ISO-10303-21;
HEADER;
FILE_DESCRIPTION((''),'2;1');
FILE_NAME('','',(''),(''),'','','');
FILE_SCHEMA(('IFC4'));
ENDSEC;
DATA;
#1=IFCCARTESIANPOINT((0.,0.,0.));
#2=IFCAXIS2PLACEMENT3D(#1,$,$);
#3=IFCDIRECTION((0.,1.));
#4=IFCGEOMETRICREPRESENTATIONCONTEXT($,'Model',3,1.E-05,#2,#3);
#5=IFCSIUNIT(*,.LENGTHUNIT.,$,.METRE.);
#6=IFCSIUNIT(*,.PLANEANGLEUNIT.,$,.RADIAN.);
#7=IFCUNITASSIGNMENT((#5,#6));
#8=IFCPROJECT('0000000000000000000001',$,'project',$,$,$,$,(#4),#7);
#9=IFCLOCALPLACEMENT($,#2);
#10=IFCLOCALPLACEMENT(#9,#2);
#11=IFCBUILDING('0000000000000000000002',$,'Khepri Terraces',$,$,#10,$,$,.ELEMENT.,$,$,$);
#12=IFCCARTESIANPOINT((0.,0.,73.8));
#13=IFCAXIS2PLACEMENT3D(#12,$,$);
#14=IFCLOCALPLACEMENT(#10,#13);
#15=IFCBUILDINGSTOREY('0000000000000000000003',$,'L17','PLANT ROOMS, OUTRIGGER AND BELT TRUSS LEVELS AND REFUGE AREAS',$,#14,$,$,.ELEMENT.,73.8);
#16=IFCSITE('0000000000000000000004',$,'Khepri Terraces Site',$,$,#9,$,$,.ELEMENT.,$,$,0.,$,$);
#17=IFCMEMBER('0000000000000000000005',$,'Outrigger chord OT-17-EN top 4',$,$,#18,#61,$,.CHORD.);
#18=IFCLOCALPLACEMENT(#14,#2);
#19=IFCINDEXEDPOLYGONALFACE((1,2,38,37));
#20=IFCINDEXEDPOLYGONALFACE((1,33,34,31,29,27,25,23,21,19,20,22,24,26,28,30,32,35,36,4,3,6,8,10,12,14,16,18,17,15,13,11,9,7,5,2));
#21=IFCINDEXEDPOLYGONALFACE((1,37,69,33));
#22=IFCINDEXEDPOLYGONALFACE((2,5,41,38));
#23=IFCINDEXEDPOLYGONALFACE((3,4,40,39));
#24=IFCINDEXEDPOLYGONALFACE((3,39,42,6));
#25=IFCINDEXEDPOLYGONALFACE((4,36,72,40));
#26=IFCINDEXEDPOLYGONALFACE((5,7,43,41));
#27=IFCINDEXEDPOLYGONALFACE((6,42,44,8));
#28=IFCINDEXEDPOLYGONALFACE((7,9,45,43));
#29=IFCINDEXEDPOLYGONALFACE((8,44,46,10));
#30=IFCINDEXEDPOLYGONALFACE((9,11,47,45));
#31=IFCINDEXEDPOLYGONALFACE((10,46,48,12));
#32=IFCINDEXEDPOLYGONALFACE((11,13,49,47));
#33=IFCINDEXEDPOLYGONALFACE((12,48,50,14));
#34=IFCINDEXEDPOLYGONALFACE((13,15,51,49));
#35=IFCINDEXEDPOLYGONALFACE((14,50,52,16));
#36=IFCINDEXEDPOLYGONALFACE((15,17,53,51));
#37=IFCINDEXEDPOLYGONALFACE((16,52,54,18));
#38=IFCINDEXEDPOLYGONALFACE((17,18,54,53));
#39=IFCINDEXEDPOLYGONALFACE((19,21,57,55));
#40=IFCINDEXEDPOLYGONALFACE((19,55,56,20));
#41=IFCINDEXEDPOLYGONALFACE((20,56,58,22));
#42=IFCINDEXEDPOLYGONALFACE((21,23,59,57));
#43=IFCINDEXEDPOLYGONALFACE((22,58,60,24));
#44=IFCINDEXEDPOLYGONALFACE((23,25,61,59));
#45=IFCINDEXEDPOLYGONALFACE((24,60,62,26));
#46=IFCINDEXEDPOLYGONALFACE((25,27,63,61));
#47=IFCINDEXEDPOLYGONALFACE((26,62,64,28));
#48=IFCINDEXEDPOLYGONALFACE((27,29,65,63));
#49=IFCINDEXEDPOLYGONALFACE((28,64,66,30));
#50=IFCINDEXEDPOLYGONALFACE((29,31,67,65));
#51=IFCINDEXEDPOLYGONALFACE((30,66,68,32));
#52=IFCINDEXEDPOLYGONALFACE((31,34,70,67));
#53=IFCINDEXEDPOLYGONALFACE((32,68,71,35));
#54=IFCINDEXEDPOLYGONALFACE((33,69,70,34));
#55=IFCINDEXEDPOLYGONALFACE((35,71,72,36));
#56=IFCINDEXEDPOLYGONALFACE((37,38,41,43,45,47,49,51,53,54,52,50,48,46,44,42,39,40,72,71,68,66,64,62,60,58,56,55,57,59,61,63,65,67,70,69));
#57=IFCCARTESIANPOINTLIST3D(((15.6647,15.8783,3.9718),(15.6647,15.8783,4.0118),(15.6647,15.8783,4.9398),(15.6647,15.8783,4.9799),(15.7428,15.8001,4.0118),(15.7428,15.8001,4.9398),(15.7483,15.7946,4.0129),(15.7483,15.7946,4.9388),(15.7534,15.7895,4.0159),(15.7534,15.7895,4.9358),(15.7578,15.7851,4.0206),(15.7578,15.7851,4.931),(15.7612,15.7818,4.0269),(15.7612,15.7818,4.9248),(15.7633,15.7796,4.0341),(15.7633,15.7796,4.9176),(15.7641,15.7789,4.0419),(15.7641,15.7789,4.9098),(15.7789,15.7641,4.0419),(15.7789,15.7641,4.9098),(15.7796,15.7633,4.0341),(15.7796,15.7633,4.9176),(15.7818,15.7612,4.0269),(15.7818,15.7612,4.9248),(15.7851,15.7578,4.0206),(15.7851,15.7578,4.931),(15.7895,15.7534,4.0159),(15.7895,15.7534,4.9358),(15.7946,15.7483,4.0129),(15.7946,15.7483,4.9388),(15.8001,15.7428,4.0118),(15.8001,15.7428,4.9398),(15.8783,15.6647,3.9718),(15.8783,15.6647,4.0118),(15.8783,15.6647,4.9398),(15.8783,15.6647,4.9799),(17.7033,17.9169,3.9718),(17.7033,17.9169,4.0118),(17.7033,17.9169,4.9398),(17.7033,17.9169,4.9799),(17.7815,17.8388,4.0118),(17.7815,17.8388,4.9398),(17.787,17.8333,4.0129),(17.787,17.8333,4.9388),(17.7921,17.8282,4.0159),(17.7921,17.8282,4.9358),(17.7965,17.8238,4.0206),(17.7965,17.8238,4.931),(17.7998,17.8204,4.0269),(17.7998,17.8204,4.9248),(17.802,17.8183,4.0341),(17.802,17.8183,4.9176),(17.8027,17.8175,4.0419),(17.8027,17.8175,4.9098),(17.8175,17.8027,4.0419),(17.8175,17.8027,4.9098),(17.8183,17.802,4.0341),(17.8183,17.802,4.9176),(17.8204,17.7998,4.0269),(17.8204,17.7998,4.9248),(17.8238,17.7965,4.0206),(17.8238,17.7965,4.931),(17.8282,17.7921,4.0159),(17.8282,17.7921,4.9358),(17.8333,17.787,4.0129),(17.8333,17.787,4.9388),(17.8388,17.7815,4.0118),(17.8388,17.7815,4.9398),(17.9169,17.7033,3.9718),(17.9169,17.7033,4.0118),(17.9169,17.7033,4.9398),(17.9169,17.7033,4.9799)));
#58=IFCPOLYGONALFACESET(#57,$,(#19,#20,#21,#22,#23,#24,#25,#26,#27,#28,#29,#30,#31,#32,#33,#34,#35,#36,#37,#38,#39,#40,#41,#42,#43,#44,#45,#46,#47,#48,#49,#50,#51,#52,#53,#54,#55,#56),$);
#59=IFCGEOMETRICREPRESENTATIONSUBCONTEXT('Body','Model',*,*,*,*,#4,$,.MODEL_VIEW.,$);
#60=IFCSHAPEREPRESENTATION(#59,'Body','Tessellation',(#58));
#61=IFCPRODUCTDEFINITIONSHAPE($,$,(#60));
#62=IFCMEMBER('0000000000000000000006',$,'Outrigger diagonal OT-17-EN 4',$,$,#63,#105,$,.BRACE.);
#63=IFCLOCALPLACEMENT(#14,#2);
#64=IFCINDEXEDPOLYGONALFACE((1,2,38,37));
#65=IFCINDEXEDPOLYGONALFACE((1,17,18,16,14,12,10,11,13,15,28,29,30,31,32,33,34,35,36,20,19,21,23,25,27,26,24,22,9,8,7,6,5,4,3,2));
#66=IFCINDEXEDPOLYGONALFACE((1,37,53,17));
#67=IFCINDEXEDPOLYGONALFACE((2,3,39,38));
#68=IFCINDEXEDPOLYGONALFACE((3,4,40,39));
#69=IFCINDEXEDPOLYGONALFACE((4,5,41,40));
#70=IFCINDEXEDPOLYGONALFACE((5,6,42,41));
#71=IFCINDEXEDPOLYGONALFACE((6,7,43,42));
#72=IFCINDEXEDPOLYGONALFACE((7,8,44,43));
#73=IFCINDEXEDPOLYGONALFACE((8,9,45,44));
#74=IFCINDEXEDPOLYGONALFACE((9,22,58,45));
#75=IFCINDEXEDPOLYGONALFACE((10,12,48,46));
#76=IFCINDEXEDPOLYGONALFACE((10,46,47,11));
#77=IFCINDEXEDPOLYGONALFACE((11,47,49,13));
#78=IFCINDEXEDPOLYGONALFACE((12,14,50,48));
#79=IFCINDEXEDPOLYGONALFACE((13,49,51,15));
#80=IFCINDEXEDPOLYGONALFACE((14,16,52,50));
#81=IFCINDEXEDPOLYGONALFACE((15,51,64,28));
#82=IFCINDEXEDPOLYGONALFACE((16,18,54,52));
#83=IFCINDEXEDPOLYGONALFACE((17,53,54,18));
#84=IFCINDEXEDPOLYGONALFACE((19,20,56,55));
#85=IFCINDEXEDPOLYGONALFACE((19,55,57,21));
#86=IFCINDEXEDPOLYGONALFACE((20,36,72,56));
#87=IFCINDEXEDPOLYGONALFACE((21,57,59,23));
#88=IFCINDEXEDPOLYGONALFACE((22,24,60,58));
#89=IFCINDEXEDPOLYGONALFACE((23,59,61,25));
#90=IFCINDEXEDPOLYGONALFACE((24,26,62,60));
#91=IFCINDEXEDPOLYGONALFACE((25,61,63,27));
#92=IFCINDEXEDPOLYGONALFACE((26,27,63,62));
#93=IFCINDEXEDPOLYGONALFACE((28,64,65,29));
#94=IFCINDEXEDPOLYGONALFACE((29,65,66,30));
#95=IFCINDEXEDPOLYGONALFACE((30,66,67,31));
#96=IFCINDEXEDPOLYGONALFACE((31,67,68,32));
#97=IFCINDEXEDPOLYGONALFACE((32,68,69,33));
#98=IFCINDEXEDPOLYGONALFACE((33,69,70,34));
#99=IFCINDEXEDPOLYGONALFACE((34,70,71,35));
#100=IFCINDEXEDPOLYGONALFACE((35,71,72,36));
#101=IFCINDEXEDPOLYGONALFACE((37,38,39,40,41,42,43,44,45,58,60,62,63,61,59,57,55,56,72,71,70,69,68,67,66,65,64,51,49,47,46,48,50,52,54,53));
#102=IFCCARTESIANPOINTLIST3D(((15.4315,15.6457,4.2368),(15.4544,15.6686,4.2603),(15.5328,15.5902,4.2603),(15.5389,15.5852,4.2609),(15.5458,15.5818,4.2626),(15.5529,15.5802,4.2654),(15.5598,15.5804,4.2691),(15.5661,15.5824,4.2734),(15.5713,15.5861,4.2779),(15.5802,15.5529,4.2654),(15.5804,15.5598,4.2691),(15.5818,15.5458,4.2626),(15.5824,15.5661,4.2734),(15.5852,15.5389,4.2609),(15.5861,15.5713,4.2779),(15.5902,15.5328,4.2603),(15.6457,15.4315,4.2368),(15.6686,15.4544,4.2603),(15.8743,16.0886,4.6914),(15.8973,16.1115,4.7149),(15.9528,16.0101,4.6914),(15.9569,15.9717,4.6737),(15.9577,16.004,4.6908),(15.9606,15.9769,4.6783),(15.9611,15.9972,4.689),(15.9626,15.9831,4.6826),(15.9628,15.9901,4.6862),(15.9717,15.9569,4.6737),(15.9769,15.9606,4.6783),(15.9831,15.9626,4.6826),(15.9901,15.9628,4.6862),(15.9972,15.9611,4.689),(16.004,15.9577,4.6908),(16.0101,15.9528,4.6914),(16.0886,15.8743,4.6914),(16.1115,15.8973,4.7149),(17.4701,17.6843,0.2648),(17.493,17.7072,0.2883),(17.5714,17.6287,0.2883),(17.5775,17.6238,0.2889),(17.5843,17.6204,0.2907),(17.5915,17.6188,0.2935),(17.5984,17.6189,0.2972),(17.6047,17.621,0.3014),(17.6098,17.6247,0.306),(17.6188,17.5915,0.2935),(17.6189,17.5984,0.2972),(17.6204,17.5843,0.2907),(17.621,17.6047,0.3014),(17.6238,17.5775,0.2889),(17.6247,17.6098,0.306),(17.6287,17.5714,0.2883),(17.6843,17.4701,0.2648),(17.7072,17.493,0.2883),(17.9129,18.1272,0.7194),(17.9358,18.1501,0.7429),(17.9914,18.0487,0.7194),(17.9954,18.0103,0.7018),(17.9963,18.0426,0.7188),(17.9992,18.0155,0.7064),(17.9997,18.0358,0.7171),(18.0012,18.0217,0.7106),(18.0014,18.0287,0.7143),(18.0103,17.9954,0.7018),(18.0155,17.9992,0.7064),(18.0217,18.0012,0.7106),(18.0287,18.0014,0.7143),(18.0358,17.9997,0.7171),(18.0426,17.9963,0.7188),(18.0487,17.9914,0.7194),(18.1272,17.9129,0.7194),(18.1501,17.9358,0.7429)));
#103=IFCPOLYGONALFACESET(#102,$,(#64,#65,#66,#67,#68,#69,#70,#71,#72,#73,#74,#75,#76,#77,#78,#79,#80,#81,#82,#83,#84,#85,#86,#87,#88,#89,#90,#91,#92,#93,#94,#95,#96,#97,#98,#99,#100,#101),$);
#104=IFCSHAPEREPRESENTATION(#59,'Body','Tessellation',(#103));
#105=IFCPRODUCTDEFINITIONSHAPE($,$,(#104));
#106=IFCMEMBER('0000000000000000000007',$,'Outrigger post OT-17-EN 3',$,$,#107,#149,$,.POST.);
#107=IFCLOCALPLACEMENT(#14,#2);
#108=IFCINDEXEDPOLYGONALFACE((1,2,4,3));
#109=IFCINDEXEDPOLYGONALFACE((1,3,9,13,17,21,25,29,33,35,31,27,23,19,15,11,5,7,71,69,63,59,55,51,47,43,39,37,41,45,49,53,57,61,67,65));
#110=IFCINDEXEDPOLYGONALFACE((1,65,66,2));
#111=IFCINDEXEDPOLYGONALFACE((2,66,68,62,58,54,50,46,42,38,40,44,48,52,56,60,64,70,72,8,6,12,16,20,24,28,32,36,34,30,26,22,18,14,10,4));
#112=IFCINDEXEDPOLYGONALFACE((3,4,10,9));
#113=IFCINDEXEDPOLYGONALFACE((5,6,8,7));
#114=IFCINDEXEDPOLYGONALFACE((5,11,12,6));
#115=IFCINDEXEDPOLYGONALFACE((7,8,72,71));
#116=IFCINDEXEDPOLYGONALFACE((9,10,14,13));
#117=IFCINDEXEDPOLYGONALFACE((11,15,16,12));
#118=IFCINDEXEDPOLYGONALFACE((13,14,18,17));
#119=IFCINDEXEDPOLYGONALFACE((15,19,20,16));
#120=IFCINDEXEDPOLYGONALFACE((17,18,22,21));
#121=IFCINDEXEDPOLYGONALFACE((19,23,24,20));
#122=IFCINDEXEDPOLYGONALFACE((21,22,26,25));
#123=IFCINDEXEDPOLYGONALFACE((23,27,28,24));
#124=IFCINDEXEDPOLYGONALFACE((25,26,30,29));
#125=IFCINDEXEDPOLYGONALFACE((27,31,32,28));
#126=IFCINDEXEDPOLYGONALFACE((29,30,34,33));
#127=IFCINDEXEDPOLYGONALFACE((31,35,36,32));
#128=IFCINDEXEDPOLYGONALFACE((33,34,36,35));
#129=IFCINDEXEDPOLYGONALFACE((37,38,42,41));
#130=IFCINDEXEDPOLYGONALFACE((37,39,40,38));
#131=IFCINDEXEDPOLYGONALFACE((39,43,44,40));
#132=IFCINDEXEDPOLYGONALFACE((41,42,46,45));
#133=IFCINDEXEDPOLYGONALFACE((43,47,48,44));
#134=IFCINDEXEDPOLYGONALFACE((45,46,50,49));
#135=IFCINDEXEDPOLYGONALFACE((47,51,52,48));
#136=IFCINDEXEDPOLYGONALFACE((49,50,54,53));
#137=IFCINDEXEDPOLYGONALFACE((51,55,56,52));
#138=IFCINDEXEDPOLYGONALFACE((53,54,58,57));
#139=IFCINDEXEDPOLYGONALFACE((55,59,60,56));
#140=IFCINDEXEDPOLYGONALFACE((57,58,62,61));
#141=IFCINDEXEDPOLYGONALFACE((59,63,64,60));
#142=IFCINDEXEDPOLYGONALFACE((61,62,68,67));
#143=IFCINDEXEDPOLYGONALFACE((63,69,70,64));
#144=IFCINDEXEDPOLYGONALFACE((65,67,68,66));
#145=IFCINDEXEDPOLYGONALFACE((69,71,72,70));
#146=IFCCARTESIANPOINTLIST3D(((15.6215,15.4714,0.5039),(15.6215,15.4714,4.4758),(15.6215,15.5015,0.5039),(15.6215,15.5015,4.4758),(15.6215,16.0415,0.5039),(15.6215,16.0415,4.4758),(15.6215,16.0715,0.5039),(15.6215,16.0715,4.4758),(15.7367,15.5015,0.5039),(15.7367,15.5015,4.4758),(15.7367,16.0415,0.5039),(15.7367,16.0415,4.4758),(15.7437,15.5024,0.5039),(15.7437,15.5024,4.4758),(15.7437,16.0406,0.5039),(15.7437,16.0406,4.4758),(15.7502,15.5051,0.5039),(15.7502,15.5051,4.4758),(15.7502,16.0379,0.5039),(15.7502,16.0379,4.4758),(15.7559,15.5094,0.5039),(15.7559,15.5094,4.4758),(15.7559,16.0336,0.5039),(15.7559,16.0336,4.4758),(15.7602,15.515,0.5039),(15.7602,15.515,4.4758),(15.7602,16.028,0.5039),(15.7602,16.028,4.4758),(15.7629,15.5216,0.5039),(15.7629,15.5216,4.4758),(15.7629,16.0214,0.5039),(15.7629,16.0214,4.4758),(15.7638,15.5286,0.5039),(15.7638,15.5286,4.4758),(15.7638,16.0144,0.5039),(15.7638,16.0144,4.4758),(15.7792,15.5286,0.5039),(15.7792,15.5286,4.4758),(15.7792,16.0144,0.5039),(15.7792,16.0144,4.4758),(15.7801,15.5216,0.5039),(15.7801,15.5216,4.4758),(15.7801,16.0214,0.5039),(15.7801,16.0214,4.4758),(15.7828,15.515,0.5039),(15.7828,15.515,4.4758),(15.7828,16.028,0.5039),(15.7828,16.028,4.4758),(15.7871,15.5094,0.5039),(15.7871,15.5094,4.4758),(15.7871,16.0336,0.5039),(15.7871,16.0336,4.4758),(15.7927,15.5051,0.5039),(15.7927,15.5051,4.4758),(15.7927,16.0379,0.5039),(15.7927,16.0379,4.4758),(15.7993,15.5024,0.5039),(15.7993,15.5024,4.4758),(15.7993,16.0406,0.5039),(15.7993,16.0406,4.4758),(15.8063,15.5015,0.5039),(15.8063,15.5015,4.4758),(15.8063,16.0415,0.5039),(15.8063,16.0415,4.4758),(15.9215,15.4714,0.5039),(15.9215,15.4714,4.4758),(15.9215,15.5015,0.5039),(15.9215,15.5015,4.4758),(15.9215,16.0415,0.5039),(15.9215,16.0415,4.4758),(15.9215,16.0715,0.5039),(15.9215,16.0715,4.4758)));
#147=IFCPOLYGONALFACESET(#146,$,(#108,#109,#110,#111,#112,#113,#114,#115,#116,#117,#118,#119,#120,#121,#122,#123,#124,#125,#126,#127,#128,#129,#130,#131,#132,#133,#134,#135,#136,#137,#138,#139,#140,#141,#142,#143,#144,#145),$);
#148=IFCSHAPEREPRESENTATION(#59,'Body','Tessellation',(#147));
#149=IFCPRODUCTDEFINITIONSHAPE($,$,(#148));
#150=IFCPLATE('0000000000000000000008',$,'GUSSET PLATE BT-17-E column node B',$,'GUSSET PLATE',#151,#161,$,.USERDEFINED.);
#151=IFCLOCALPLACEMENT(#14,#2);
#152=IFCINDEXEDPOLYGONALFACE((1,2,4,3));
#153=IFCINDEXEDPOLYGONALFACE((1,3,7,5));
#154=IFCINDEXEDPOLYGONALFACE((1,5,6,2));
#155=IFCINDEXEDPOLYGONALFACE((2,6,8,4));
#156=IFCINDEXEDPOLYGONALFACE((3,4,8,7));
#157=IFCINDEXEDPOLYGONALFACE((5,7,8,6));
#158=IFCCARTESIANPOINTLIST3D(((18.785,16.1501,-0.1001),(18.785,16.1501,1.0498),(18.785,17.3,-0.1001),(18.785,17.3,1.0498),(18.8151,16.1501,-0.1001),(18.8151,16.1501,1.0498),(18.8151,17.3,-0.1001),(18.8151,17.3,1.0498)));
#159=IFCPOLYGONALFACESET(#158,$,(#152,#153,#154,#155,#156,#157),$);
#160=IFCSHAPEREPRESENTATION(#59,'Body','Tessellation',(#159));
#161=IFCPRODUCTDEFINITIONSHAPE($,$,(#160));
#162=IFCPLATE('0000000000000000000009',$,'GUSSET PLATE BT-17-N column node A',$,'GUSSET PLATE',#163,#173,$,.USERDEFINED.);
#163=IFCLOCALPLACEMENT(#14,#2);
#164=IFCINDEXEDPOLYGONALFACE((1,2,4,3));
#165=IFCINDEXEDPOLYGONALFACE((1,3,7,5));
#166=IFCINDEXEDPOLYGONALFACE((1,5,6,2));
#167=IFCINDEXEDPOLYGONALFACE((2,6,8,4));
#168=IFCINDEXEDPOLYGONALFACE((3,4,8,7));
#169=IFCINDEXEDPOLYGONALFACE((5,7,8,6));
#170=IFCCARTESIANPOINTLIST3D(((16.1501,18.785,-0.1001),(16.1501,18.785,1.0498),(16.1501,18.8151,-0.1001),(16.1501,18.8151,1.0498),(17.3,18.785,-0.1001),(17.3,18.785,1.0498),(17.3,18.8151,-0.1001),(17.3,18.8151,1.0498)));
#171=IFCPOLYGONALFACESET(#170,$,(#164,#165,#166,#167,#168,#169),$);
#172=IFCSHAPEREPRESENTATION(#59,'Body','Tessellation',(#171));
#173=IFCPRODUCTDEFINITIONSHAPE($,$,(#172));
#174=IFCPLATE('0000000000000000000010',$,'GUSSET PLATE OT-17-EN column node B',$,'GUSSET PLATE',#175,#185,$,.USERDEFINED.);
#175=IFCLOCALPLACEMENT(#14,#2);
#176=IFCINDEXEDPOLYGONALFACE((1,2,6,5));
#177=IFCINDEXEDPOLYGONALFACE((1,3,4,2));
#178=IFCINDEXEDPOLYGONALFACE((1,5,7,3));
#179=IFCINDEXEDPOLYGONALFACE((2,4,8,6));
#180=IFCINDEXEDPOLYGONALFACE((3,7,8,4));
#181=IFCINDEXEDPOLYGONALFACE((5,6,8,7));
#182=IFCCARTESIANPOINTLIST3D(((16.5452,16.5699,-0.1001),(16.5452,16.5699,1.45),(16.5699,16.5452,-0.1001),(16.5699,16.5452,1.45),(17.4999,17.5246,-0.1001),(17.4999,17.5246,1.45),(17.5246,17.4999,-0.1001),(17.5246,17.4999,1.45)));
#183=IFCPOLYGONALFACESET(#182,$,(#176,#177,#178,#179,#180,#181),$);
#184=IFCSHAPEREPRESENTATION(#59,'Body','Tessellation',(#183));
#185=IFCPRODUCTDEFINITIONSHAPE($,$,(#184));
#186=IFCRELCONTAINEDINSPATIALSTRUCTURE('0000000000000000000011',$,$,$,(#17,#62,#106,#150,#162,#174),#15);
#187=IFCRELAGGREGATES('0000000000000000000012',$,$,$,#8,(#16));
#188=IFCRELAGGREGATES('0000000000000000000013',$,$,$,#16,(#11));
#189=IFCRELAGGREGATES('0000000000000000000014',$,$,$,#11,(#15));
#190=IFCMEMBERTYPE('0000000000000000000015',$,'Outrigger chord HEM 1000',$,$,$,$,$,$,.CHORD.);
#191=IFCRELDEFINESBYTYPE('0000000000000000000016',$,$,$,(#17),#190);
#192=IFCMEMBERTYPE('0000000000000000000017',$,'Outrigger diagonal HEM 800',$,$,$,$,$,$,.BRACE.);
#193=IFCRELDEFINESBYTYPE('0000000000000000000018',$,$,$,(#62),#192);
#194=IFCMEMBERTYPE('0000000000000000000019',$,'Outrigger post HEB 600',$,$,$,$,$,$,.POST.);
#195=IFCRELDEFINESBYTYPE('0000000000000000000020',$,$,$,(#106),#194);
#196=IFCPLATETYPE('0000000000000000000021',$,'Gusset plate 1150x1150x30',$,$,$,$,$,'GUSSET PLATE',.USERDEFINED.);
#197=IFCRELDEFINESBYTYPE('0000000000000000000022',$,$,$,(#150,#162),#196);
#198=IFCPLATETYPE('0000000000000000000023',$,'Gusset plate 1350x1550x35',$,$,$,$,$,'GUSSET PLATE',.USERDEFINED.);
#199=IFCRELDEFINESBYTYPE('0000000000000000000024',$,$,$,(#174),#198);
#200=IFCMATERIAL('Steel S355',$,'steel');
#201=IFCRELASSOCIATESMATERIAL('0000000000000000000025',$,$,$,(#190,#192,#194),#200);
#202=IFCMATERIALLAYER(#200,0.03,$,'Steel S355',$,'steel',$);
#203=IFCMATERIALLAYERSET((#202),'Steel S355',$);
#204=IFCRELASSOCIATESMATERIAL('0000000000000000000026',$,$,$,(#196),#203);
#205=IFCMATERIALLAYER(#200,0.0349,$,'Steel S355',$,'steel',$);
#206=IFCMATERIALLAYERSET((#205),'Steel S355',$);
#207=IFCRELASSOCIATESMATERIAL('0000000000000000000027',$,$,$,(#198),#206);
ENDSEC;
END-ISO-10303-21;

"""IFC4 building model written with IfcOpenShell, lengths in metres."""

from ifc_helpers import new_model, si_unit, direction, frame, origin, origin_2d, place, context, subcontext, project, spatial, rectangle, i_section, extrude, material, layer, layer_set, material_profile, profile_set, type_object, element, save


model = new_model("IFC4")

# Units and contexts
model_context = context("Model", 3, precision=1e-05, world=origin(), true_north=direction((0.0, 1.0)))
body_context = subcontext(model_context, "Body", "Model", "MODEL_VIEW")
ifc_project = project(units=[si_unit("LENGTHUNIT", "METRE"), si_unit("PLANEANGLEUNIT", "RADIAN")], contexts=[model_context])

# Site, building, storey
site_placement = place(None, origin())
site = spatial("IfcSite", under=ifc_project, at=site_placement, Name="Khepri Terraces Site", CompositionType="ELEMENT", RefElevation=0.0)
building_placement = place(site_placement, origin())
building = spatial("IfcBuilding", under=site, at=building_placement, Name="Khepri Terraces", CompositionType="ELEMENT")
storey_placement = place(building_placement, frame((0.0, 0.0, 73.8)))
storey = spatial("IfcBuildingStorey", under=building, at=storey_placement, Name="L17", Description="PLANT ROOMS, OUTRIGGER AND BELT TRUSS LEVELS AND REFUGE AREAS", CompositionType="ELEMENT", Elevation=73.8)

# Members
ifc_material_1 = material(Name="Steel S355", Category="steel")
ifc_material_profile_1 = material_profile(ifc_material_1, i_section(OverallWidth=0.302, OverallDepth=1.0081, WebThickness=0.021, FlangeThickness=0.04, FilletRadius=0.03, at=origin_2d()), Name="Steel S355", Category="steel")
ifc_profile_set_1 = profile_set([ifc_material_profile_1], Name="Steel S355")
member_type_1 = type_object("IfcMemberType", Name="Outrigger chord HEM 1000", PredefinedType="CHORD", material=ifc_profile_set_1)
for number, where, z_axis, x_axis, name in (
    (1, (15.7715, 15.7715, 4.4758), (0.707107, 0.707107, 0.0), (-0.707107, 0.707107, 0.0), "Outrigger chord OT-17-EN top 4"),
):
    element("IfcMember", number, at=place(storey_placement, frame(where, z_axis=z_axis, x_axis=x_axis)), inside=storey, type_object=member_type_1, Name=name, PredefinedType="CHORD", context=body_context, shape_type="SweptSolid", body=[
        extrude(i_section(OverallWidth=0.302, OverallDepth=1.0081, WebThickness=0.021, FlangeThickness=0.04, FilletRadius=0.03, at=origin_2d()), origin(), (0.0, 0.0, 1.0), 2.8831),
    ])
ifc_material_profile_2 = material_profile(ifc_material_1, i_section(OverallWidth=0.303, OverallDepth=0.814, WebThickness=0.021, FlangeThickness=0.04, FilletRadius=0.03, at=origin_2d()), Name="Steel S355", Category="steel")
ifc_profile_set_2 = profile_set([ifc_material_profile_2], Name="Steel S355")
member_type_2 = type_object("IfcMemberType", Name="Outrigger diagonal HEM 800", PredefinedType="BRACE", material=ifc_profile_set_2)
member_1_placement = place(storey_placement, frame((15.7715, 15.7715, 4.4758), z_axis=(0.415364, 0.415364, -0.809287), x_axis=(-0.707107, 0.707107, 0.0)))
element("IfcMember", 2, at=member_1_placement, inside=storey, type_object=member_type_2, Name="Outrigger diagonal OT-17-EN 4", PredefinedType="BRACE", context=body_context, shape_type="SweptSolid", body=[
    extrude(i_section(OverallWidth=0.303, OverallDepth=0.814, WebThickness=0.021, FlangeThickness=0.04, FilletRadius=0.03, at=origin_2d()), origin(), (0.0, 0.0, 1.0), 4.908),
])
ifc_material_profile_3 = material_profile(ifc_material_1, i_section(OverallWidth=0.3, OverallDepth=0.6001, WebThickness=0.0154, FlangeThickness=0.03, FilletRadius=0.0271, at=origin_2d()), Name="Steel S355", Category="steel")
ifc_profile_set_3 = profile_set([ifc_material_profile_3], Name="Steel S355")
member_type_3 = type_object("IfcMemberType", Name="Outrigger post HEB 600", PredefinedType="POST", material=ifc_profile_set_3)
member_2_placement = place(storey_placement, frame((15.7715, 15.7715, 0.5039), z_axis=(0.0, 0.0, 1.0), x_axis=(1.0, 0.0, 0.0)))
element("IfcMember", 3, at=member_2_placement, inside=storey, type_object=member_type_3, Name="Outrigger post OT-17-EN 3", PredefinedType="POST", context=body_context, shape_type="SweptSolid", body=[
    extrude(i_section(OverallWidth=0.3, OverallDepth=0.6001, WebThickness=0.0154, FlangeThickness=0.03, FilletRadius=0.0271, at=origin_2d()), origin(), (0.0, 0.0, 1.0), 3.9719),
])

# Plates
ifc_layer_1 = layer(ifc_material_1, 0.03, Name="Steel S355", Category="steel")
ifc_layer_set_1 = layer_set([ifc_layer_1], Name="Steel S355")
plate_type_1 = type_object("IfcPlateType", Name="Gusset plate 1150x1150x30", ElementType="GUSSET PLATE", PredefinedType="USERDEFINED", material=ifc_layer_set_1)
for number, where, z_axis, x_axis, name in (
    (4, (18.8, 16.7251, -0.1001), (0.0, 0.0, 1.0), (0.0, 1.0, 0.0), "GUSSET PLATE BT-17-E column node B"),
    (5, (16.7251, 18.8, -0.1001), (0.0, 0.0, 1.0), (-1.0, 0.0, 0.0), "GUSSET PLATE BT-17-N column node A"),
):
    element("IfcPlate", number, at=place(storey_placement, frame(where, z_axis=z_axis, x_axis=x_axis)), inside=storey, type_object=plate_type_1, Name=name, ObjectType="GUSSET PLATE", PredefinedType="USERDEFINED", context=body_context, shape_type="SweptSolid", body=[
        extrude(rectangle(XDim=1.1499, YDim=0.03, at=origin_2d()), origin(), (0.0, 0.0, 1.0), 1.1499),
    ])
ifc_layer_2 = layer(ifc_material_1, 0.0349, Name="Steel S355", Category="steel")
ifc_layer_set_2 = layer_set([ifc_layer_2], Name="Steel S355")
plate_type_2 = type_object("IfcPlateType", Name="Gusset plate 1350x1550x35", ElementType="GUSSET PLATE", PredefinedType="USERDEFINED", material=ifc_layer_set_2)
plate_placement = place(storey_placement, frame((17.0349, 17.0349, -0.1001), z_axis=(0.0, 0.0, 1.0), x_axis=(0.707107, 0.707107, 0.0)))
element("IfcPlate", 6, at=plate_placement, inside=storey, type_object=plate_type_2, Name="GUSSET PLATE OT-17-EN column node B", ObjectType="GUSSET PLATE", PredefinedType="USERDEFINED", context=body_context, shape_type="SweptSolid", body=[
    extrude(rectangle(XDim=1.3501, YDim=0.0349, at=origin_2d()), origin(), (0.0, 0.0, 1.0), 1.55),
])

save(model, "model.ifc")
